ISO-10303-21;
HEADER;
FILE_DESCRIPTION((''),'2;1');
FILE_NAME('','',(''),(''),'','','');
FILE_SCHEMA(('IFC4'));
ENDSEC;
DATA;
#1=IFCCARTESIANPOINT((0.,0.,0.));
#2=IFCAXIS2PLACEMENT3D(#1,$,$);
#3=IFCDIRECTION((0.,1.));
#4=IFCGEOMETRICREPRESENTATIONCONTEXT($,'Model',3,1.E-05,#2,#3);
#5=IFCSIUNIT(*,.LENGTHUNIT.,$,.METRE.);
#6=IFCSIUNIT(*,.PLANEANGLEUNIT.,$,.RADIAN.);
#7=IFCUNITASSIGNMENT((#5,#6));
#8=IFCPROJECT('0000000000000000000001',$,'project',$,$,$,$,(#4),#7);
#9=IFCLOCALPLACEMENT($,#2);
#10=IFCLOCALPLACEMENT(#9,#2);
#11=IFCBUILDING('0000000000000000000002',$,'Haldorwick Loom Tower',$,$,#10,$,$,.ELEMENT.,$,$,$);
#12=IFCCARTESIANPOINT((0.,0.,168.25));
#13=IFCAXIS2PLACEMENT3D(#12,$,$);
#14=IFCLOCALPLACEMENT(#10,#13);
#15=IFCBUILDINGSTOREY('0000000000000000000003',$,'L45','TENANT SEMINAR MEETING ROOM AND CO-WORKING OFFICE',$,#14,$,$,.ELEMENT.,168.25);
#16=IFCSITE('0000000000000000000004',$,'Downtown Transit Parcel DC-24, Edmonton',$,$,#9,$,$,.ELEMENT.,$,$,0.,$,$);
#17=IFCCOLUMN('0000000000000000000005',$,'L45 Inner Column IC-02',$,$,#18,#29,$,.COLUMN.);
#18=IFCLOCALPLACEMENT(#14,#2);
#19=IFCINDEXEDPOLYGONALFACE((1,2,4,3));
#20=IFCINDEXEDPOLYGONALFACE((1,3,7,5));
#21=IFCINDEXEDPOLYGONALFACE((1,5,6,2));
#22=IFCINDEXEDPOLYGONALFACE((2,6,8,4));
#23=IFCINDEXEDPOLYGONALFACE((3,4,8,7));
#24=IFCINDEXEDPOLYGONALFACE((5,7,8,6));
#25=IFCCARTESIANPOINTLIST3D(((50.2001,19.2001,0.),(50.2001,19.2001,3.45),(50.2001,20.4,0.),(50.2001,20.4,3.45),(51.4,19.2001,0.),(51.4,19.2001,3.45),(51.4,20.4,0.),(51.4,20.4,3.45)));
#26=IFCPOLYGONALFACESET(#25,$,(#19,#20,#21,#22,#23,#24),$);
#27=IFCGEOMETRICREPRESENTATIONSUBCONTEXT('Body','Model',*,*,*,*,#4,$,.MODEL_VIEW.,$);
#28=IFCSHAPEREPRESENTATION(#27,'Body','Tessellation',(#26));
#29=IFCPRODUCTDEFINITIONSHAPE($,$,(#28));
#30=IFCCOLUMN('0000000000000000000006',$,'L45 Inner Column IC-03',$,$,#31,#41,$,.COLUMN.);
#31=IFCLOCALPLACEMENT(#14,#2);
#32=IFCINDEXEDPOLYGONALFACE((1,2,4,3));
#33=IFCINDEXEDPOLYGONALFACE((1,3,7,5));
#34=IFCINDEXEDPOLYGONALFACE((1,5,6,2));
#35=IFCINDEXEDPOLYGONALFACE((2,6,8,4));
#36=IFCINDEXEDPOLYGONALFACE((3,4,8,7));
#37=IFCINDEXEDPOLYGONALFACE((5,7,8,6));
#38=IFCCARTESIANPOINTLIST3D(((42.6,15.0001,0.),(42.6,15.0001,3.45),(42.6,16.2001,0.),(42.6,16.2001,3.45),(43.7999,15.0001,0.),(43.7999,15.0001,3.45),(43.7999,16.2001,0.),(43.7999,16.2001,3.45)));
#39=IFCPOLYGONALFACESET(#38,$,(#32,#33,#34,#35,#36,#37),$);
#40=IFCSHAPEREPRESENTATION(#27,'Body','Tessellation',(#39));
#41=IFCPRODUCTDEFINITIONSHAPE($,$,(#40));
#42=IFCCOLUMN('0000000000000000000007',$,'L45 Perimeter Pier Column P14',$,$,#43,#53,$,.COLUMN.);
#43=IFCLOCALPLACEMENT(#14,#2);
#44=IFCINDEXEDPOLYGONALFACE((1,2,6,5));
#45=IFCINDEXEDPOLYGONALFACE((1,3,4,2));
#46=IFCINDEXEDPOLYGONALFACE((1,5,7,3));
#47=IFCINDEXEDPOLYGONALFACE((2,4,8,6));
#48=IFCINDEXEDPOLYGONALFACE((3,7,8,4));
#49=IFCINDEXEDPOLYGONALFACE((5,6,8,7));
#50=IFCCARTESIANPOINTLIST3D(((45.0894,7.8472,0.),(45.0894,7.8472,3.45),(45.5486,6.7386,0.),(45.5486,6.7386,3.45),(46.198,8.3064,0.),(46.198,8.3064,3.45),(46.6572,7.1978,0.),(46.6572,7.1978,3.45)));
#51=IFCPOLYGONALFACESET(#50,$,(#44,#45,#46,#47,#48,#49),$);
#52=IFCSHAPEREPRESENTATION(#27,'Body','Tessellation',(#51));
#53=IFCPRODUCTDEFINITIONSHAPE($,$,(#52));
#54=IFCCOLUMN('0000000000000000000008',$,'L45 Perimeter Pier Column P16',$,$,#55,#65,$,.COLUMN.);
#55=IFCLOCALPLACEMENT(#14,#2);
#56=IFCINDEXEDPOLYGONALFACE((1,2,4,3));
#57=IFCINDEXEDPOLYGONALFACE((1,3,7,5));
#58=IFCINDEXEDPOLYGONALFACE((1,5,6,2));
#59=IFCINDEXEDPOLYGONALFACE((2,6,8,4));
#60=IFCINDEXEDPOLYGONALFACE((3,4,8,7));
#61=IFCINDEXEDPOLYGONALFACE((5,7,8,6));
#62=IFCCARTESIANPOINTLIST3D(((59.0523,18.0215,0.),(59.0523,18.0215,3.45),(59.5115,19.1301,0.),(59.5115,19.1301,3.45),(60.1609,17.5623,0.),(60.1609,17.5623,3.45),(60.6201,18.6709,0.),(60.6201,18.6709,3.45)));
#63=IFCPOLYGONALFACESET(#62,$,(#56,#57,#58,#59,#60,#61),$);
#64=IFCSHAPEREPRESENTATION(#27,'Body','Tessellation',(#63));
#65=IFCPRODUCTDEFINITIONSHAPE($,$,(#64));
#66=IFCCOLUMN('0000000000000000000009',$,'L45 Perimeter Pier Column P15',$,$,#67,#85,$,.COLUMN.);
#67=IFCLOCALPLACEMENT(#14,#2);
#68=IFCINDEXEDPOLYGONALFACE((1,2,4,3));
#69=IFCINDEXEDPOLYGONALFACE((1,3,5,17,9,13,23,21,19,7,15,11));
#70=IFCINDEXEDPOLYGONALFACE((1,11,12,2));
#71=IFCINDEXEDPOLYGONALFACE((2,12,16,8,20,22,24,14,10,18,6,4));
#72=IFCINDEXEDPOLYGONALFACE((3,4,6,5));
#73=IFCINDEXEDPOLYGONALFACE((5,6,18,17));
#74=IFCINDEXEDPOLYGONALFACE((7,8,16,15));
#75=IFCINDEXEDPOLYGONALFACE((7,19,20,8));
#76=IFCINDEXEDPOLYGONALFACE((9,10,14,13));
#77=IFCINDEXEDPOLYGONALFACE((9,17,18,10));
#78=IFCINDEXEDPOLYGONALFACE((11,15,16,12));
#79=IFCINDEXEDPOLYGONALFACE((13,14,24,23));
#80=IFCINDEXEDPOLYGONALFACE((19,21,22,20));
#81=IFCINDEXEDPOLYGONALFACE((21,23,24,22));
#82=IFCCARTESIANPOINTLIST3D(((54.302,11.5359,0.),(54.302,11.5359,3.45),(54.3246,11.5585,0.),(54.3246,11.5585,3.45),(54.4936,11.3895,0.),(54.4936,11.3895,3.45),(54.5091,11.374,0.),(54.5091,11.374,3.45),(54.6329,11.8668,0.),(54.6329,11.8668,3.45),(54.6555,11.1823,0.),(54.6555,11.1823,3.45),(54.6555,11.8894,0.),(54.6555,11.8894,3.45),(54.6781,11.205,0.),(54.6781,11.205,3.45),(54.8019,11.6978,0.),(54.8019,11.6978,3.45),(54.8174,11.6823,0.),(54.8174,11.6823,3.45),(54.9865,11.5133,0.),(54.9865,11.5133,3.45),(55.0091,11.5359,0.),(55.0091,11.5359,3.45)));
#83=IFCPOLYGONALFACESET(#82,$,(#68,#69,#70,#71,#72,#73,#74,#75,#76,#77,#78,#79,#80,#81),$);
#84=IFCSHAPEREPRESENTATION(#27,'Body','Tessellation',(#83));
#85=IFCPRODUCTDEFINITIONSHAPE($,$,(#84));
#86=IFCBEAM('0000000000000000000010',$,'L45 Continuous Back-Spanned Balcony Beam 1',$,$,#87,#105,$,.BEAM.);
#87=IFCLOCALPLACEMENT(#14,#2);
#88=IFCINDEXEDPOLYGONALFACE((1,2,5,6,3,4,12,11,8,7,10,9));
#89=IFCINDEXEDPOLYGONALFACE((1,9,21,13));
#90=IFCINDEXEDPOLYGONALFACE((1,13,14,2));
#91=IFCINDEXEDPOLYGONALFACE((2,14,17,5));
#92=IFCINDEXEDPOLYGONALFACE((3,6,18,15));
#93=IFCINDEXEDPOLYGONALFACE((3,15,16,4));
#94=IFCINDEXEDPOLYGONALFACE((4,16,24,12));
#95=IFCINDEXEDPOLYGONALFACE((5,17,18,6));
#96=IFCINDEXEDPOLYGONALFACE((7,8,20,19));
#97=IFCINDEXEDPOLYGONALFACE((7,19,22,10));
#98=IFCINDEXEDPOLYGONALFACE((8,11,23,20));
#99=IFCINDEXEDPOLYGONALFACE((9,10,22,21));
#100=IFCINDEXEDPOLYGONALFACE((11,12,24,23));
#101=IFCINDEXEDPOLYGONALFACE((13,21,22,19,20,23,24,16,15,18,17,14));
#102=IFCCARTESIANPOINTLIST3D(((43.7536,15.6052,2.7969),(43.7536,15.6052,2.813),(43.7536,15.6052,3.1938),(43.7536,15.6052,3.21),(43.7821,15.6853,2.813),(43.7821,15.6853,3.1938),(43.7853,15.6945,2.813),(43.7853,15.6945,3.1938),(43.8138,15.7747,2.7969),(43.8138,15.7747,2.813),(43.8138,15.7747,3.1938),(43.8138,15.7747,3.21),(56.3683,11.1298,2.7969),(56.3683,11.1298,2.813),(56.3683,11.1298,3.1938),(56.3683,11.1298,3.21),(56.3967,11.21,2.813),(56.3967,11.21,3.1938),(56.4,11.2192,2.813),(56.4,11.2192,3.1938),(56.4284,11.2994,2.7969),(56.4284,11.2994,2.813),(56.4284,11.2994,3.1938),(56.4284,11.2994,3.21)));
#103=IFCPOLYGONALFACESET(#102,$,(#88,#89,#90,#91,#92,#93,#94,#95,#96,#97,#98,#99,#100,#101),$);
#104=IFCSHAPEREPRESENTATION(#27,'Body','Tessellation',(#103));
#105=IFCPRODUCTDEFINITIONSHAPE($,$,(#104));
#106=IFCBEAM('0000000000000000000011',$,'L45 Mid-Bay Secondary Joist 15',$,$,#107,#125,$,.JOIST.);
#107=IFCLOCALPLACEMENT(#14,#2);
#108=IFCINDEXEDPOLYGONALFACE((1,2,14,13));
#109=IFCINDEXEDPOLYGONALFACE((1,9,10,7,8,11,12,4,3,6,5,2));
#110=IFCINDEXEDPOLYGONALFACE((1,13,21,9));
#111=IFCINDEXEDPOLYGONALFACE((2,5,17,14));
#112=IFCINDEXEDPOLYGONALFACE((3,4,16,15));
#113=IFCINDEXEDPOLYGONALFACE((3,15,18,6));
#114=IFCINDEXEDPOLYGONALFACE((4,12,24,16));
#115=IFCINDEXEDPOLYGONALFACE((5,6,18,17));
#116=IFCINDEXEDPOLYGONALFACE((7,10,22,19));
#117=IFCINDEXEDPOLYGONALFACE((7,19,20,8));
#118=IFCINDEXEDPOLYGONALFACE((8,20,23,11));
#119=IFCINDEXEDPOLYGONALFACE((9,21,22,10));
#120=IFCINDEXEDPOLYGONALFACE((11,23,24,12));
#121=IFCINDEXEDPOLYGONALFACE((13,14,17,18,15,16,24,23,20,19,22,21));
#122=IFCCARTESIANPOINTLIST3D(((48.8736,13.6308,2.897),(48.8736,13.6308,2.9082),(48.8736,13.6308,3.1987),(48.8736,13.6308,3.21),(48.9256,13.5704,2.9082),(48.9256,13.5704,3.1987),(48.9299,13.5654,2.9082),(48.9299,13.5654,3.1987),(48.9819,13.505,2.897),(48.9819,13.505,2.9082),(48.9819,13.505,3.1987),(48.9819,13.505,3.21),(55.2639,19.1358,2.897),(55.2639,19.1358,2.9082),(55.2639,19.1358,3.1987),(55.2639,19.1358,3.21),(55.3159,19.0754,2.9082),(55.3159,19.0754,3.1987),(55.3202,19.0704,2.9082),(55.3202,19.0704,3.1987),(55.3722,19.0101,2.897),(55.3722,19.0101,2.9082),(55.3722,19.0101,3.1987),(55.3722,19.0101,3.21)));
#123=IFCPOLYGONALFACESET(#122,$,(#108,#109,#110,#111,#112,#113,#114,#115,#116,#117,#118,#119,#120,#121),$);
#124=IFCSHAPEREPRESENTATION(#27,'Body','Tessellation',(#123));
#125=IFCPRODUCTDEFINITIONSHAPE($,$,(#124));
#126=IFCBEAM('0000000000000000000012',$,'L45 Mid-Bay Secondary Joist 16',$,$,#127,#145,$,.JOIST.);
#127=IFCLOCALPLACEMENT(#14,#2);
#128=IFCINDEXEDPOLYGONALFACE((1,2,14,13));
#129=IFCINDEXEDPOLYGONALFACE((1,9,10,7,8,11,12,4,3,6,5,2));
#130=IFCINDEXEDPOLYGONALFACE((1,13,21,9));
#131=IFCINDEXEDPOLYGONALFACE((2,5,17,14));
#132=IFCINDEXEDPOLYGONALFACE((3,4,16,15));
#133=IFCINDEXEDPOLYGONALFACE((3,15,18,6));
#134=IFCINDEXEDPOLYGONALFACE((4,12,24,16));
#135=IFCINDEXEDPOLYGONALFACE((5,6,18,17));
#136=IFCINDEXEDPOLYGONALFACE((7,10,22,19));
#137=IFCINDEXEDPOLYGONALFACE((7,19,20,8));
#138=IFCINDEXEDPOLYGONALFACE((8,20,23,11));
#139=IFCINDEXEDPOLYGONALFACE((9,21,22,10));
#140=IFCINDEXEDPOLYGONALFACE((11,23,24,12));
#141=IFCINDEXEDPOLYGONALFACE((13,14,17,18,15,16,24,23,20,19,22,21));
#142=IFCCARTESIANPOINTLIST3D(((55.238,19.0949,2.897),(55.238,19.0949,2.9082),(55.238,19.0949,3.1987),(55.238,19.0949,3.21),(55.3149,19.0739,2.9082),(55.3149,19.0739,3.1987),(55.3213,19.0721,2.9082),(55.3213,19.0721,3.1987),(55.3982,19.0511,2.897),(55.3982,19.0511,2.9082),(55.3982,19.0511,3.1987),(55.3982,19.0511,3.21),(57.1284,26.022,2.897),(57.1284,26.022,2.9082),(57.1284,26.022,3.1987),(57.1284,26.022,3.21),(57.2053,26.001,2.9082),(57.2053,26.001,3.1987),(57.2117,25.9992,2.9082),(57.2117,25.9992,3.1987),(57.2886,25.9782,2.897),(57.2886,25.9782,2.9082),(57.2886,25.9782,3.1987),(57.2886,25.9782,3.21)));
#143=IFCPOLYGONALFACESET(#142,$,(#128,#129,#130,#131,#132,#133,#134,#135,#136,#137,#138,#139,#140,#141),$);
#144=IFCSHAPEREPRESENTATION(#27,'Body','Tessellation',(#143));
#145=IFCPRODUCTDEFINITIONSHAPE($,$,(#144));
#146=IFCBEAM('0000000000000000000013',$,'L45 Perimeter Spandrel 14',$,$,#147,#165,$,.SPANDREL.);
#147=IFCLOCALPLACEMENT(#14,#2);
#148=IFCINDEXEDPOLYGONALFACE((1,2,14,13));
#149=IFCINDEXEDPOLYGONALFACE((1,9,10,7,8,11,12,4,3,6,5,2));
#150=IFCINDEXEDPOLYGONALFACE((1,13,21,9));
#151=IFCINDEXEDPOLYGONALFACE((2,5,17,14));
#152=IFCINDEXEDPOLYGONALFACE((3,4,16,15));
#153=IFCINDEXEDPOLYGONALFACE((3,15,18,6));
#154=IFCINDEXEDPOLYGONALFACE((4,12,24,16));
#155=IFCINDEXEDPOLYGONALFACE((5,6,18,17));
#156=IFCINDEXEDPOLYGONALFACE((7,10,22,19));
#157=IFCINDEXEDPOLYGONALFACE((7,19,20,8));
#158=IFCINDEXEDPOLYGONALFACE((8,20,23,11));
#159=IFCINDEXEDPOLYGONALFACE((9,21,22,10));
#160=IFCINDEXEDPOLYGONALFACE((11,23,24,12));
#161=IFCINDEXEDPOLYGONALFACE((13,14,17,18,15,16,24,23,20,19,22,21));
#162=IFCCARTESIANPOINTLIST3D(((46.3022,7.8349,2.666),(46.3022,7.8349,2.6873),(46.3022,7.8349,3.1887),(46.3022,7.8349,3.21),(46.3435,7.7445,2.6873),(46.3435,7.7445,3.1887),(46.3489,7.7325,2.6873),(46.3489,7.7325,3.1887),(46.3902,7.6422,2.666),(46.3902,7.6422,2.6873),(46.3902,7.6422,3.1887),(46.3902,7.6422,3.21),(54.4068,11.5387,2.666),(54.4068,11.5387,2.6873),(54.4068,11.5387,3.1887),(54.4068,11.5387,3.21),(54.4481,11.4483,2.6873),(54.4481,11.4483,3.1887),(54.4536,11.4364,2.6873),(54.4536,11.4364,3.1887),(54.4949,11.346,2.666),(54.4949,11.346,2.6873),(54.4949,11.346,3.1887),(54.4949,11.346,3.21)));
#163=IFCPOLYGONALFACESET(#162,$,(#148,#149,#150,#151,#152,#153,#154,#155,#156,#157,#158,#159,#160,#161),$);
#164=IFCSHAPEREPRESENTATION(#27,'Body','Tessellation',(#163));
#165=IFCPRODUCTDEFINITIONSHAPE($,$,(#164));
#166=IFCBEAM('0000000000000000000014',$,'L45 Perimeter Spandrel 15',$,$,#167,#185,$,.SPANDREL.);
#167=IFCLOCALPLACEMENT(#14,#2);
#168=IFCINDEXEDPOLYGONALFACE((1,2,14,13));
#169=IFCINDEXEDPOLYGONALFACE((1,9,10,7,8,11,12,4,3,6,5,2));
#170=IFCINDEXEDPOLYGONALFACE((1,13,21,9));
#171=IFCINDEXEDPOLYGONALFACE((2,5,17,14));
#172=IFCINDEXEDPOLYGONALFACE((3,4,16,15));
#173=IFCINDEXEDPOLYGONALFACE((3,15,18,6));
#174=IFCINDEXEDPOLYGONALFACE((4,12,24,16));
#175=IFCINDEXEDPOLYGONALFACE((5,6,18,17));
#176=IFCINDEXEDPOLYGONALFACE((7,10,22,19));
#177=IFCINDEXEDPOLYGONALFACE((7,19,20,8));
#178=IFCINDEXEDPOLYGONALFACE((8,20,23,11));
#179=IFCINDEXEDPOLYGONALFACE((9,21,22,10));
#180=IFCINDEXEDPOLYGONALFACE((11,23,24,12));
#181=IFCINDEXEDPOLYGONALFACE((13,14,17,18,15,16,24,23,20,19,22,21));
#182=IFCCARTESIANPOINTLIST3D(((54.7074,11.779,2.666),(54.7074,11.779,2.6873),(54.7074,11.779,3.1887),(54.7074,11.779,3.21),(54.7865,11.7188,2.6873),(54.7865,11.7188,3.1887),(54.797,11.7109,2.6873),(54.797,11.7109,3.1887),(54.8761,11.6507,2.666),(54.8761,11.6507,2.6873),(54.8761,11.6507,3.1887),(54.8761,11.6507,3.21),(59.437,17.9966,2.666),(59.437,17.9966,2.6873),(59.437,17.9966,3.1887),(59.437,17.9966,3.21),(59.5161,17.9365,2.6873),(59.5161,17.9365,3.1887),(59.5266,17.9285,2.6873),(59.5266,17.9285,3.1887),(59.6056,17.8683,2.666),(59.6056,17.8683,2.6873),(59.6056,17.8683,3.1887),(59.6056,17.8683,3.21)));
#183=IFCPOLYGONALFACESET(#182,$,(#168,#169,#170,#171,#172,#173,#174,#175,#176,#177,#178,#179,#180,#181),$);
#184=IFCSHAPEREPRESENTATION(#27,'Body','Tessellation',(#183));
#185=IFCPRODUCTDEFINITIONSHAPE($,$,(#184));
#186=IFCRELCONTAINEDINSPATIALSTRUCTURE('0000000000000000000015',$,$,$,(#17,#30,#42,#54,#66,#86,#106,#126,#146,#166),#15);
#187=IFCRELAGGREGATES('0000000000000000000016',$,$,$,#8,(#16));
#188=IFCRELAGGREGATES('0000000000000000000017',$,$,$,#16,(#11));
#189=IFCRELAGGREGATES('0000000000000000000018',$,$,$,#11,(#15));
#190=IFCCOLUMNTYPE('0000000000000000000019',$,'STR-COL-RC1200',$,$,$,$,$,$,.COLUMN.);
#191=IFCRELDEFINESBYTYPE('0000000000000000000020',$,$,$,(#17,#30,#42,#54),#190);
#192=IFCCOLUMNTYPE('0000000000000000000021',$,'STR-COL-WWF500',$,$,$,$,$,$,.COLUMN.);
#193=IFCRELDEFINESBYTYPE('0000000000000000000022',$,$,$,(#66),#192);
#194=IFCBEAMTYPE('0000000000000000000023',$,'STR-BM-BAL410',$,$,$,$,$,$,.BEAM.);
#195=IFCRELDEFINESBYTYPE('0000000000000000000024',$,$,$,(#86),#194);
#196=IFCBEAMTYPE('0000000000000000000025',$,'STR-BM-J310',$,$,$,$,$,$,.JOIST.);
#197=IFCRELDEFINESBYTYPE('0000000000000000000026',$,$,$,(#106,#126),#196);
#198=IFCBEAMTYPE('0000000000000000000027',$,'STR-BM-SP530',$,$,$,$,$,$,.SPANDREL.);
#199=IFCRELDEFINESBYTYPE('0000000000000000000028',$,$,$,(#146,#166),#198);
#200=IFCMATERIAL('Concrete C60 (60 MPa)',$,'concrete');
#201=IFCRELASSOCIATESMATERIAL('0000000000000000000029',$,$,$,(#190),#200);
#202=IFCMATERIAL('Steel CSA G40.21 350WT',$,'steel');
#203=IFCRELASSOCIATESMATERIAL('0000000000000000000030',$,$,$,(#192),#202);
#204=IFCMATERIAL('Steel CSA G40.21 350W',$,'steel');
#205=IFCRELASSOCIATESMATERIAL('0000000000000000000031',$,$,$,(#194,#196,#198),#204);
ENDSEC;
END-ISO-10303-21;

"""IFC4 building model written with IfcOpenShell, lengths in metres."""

from ifc_helpers import new_model, si_unit, direction, frame, origin, origin_2d, place, context, subcontext, project, spatial, rectangle, i_section, extrude, material, material_profile, profile_set, type_object, element, save


model = new_model("IFC4")

# Units and contexts
model_context = context("Model", 3, precision=1e-05, world=origin(), true_north=direction((0.0, 1.0)))
body_context = subcontext(model_context, "Body", "Model", "MODEL_VIEW")
ifc_project = project(units=[si_unit("LENGTHUNIT", "METRE"), si_unit("PLANEANGLEUNIT", "RADIAN")], contexts=[model_context])

# Site, building, storey
site_placement = place(None, origin())
site = spatial("IfcSite", under=ifc_project, at=site_placement, Name="Downtown Transit Parcel DC-24, Edmonton", CompositionType="ELEMENT", RefElevation=0.0)
building_placement = place(site_placement, origin())
building = spatial("IfcBuilding", under=site, at=building_placement, Name="Haldorwick Loom Tower", CompositionType="ELEMENT")
storey_placement = place(building_placement, frame((0.0, 0.0, 168.25)))
storey = spatial("IfcBuildingStorey", under=building, at=storey_placement, Name="L45", Description="TENANT SEMINAR MEETING ROOM AND CO-WORKING OFFICE", CompositionType="ELEMENT", Elevation=168.25)

# Columns
ifc_material_1 = material(Name="Concrete C60 (60 MPa)", Category="concrete")
ifc_material_profile_1 = material_profile(ifc_material_1, rectangle(XDim=1.2, YDim=1.2, at=origin_2d()), Name="RC1200X1200", Category="concrete")
ifc_profile_set_1 = profile_set([ifc_material_profile_1], Name="Concrete C60 (60 MPa)")
column_type_1 = type_object("IfcColumnType", Name="STR-COL-RC1200", PredefinedType="COLUMN", material=ifc_profile_set_1)
for number, where, z_axis, x_axis, name in (
    (1, (50.8, 19.8, 0.0), (0.0, 0.0, 1.0), (1.0, 0.0, 0.0), "L45 Inner Column IC-02"),
    (2, (43.2, 15.6001, 0.0), (0.0, 0.0, 1.0), (1.0, 0.0, 0.0), "L45 Inner Column IC-03"),
    (3, (45.8733, 7.5225, 0.0), (0.0, 0.0, 1.0), (0.382683, -0.92388, 0.0), "L45 Perimeter Pier Column P14"),
    (4, (59.8362, 18.3462, 0.0), (0.0, 0.0, 1.0), (0.92388, -0.382683, 0.0), "L45 Perimeter Pier Column P16"),
):
    element("IfcColumn", number, at=place(storey_placement, frame(where, z_axis=z_axis, x_axis=x_axis)), inside=storey, type_object=column_type_1, Name=name, PredefinedType="COLUMN", context=body_context, shape_type="SweptSolid", body=[
        extrude(rectangle(XDim=1.2, YDim=1.2, at=origin_2d()), origin(), (0.0, 0.0, 1.0), 3.45),
    ])
ifc_material_2 = material(Name="Steel CSA G40.21 350WT", Category="steel")
ifc_material_profile_2 = material_profile(ifc_material_2, i_section(OverallWidth=0.5, OverallDepth=0.5, WebThickness=0.022, FlangeThickness=0.032, at=origin_2d()), Name="WWF500X500", Category="steel")
ifc_profile_set_2 = profile_set([ifc_material_profile_2], Name="Steel CSA G40.21 350WT")
column_type_2 = type_object("IfcColumnType", Name="STR-COL-WWF500", PredefinedType="COLUMN", material=ifc_profile_set_2)
column_placement = place(storey_placement, frame((54.6555, 11.5359, 0.0), z_axis=(0.0, 0.0, 1.0), x_axis=(0.707107, -0.707107, 0.0)))
element("IfcColumn", 5, at=column_placement, inside=storey, type_object=column_type_2, Name="L45 Perimeter Pier Column P15", PredefinedType="COLUMN", context=body_context, shape_type="SweptSolid", body=[
    extrude(i_section(OverallWidth=0.5, OverallDepth=0.5, WebThickness=0.022, FlangeThickness=0.032, at=origin_2d()), origin(), (0.0, 0.0, 1.0), 3.45),
])

# Beams
ifc_material_3 = material(Name="Steel CSA G40.21 350W", Category="steel")
ifc_material_profile_3 = material_profile(ifc_material_3, i_section(OverallWidth=0.1799, OverallDepth=0.4131, WebThickness=0.0098, FlangeThickness=0.0161, at=origin_2d()), Name="W410X74", Category="steel")
ifc_profile_set_3 = profile_set([ifc_material_profile_3], Name="Steel CSA G40.21 350W")
beam_type_1 = type_object("IfcBeamType", Name="STR-BM-BAL410", PredefinedType="BEAM", material=ifc_profile_set_3)
beam_1_placement = place(storey_placement, frame((43.7837, 15.6899, 3.0034), z_axis=(0.942448, -0.334353, 0.0), x_axis=(0.334353, 0.942448, 0.0)))
element("IfcBeam", 6, at=beam_1_placement, inside=storey, type_object=beam_type_1, Name="L45 Continuous Back-Spanned Balcony Beam 1", PredefinedType="BEAM", context=body_context, shape_type="SweptSolid", body=[
    extrude(i_section(OverallWidth=0.1799, OverallDepth=0.4131, WebThickness=0.0098, FlangeThickness=0.0161, at=origin_2d()), origin(), (0.0, 0.0, 1.0), 13.385),
])
ifc_material_profile_4 = material_profile(ifc_material_3, i_section(OverallWidth=0.166, OverallDepth=0.313, WebThickness=0.0066, FlangeThickness=0.0112, at=origin_2d()), Name="W310X45", Category="steel")
ifc_profile_set_4 = profile_set([ifc_material_profile_4], Name="Steel CSA G40.21 350W")
beam_type_2 = type_object("IfcBeamType", Name="STR-BM-J310", PredefinedType="JOIST", material=ifc_profile_set_4)
beam_2_placement = place(storey_placement, frame((48.9277, 13.5679, 3.0535), z_axis=(0.757634, 0.65268, 0.0), x_axis=(-0.65268, 0.757634, 0.0)))
element("IfcBeam", 7, at=beam_2_placement, inside=storey, type_object=beam_type_2, Name="L45 Mid-Bay Secondary Joist 15", PredefinedType="JOIST", context=body_context, shape_type="SweptSolid", body=[
    extrude(i_section(OverallWidth=0.166, OverallDepth=0.313, WebThickness=0.0066, FlangeThickness=0.0112, at=origin_2d()), origin(), (0.0, 0.0, 1.0), 8.4346),
])
beam_3_placement = place(storey_placement, frame((55.3181, 19.073, 3.0535), z_axis=(0.263273, 0.964721, 0.0), x_axis=(-0.964721, 0.263273, 0.0)))
element("IfcBeam", 8, at=beam_3_placement, inside=storey, type_object=beam_type_2, Name="L45 Mid-Bay Secondary Joist 16", PredefinedType="JOIST", context=body_context, shape_type="SweptSolid", body=[
    extrude(i_section(OverallWidth=0.166, OverallDepth=0.313, WebThickness=0.0066, FlangeThickness=0.0112, at=origin_2d()), origin(), (0.0, 0.0, 1.0), 7.1804),
])
ifc_material_profile_5 = material_profile(ifc_material_3, i_section(OverallWidth=0.2119, OverallDepth=0.5439, WebThickness=0.0132, FlangeThickness=0.0212, at=origin_2d()), Name="W530X123", Category="steel")
ifc_profile_set_5 = profile_set([ifc_material_profile_5], Name="Steel CSA G40.21 350W")
beam_type_3 = type_object("IfcBeamType", Name="STR-BM-SP530", PredefinedType="SPANDREL", material=ifc_profile_set_5)
beam_4_placement = place(storey_placement, frame((46.3462, 7.7385, 2.938), z_axis=(0.909524, 0.415652, 0.0), x_axis=(-0.415652, 0.909524, 0.0)))
element("IfcBeam", 9, at=beam_4_placement, inside=storey, type_object=beam_type_3, Name="L45 Perimeter Spandrel 14", PredefinedType="SPANDREL", context=body_context, shape_type="SweptSolid", body=[
    extrude(i_section(OverallWidth=0.2119, OverallDepth=0.5439, WebThickness=0.0132, FlangeThickness=0.0212, at=origin_2d()), origin(), (0.0, 0.0, 1.0), 8.9109),
])
beam_5_placement = place(storey_placement, frame((54.7917, 11.7148, 2.938), z_axis=(0.605422, 0.795905, 0.0), x_axis=(-0.795905, 0.605422, 0.0)))
element("IfcBeam", 10, at=beam_5_placement, inside=storey, type_object=beam_type_3, Name="L45 Perimeter Spandrel 15", PredefinedType="SPANDREL", context=body_context, shape_type="SweptSolid", body=[
    extrude(i_section(OverallWidth=0.2119, OverallDepth=0.5439, WebThickness=0.0132, FlangeThickness=0.0212, at=origin_2d()), origin(), (0.0, 0.0, 1.0), 7.812),
])

save(model, "model.ifc")
